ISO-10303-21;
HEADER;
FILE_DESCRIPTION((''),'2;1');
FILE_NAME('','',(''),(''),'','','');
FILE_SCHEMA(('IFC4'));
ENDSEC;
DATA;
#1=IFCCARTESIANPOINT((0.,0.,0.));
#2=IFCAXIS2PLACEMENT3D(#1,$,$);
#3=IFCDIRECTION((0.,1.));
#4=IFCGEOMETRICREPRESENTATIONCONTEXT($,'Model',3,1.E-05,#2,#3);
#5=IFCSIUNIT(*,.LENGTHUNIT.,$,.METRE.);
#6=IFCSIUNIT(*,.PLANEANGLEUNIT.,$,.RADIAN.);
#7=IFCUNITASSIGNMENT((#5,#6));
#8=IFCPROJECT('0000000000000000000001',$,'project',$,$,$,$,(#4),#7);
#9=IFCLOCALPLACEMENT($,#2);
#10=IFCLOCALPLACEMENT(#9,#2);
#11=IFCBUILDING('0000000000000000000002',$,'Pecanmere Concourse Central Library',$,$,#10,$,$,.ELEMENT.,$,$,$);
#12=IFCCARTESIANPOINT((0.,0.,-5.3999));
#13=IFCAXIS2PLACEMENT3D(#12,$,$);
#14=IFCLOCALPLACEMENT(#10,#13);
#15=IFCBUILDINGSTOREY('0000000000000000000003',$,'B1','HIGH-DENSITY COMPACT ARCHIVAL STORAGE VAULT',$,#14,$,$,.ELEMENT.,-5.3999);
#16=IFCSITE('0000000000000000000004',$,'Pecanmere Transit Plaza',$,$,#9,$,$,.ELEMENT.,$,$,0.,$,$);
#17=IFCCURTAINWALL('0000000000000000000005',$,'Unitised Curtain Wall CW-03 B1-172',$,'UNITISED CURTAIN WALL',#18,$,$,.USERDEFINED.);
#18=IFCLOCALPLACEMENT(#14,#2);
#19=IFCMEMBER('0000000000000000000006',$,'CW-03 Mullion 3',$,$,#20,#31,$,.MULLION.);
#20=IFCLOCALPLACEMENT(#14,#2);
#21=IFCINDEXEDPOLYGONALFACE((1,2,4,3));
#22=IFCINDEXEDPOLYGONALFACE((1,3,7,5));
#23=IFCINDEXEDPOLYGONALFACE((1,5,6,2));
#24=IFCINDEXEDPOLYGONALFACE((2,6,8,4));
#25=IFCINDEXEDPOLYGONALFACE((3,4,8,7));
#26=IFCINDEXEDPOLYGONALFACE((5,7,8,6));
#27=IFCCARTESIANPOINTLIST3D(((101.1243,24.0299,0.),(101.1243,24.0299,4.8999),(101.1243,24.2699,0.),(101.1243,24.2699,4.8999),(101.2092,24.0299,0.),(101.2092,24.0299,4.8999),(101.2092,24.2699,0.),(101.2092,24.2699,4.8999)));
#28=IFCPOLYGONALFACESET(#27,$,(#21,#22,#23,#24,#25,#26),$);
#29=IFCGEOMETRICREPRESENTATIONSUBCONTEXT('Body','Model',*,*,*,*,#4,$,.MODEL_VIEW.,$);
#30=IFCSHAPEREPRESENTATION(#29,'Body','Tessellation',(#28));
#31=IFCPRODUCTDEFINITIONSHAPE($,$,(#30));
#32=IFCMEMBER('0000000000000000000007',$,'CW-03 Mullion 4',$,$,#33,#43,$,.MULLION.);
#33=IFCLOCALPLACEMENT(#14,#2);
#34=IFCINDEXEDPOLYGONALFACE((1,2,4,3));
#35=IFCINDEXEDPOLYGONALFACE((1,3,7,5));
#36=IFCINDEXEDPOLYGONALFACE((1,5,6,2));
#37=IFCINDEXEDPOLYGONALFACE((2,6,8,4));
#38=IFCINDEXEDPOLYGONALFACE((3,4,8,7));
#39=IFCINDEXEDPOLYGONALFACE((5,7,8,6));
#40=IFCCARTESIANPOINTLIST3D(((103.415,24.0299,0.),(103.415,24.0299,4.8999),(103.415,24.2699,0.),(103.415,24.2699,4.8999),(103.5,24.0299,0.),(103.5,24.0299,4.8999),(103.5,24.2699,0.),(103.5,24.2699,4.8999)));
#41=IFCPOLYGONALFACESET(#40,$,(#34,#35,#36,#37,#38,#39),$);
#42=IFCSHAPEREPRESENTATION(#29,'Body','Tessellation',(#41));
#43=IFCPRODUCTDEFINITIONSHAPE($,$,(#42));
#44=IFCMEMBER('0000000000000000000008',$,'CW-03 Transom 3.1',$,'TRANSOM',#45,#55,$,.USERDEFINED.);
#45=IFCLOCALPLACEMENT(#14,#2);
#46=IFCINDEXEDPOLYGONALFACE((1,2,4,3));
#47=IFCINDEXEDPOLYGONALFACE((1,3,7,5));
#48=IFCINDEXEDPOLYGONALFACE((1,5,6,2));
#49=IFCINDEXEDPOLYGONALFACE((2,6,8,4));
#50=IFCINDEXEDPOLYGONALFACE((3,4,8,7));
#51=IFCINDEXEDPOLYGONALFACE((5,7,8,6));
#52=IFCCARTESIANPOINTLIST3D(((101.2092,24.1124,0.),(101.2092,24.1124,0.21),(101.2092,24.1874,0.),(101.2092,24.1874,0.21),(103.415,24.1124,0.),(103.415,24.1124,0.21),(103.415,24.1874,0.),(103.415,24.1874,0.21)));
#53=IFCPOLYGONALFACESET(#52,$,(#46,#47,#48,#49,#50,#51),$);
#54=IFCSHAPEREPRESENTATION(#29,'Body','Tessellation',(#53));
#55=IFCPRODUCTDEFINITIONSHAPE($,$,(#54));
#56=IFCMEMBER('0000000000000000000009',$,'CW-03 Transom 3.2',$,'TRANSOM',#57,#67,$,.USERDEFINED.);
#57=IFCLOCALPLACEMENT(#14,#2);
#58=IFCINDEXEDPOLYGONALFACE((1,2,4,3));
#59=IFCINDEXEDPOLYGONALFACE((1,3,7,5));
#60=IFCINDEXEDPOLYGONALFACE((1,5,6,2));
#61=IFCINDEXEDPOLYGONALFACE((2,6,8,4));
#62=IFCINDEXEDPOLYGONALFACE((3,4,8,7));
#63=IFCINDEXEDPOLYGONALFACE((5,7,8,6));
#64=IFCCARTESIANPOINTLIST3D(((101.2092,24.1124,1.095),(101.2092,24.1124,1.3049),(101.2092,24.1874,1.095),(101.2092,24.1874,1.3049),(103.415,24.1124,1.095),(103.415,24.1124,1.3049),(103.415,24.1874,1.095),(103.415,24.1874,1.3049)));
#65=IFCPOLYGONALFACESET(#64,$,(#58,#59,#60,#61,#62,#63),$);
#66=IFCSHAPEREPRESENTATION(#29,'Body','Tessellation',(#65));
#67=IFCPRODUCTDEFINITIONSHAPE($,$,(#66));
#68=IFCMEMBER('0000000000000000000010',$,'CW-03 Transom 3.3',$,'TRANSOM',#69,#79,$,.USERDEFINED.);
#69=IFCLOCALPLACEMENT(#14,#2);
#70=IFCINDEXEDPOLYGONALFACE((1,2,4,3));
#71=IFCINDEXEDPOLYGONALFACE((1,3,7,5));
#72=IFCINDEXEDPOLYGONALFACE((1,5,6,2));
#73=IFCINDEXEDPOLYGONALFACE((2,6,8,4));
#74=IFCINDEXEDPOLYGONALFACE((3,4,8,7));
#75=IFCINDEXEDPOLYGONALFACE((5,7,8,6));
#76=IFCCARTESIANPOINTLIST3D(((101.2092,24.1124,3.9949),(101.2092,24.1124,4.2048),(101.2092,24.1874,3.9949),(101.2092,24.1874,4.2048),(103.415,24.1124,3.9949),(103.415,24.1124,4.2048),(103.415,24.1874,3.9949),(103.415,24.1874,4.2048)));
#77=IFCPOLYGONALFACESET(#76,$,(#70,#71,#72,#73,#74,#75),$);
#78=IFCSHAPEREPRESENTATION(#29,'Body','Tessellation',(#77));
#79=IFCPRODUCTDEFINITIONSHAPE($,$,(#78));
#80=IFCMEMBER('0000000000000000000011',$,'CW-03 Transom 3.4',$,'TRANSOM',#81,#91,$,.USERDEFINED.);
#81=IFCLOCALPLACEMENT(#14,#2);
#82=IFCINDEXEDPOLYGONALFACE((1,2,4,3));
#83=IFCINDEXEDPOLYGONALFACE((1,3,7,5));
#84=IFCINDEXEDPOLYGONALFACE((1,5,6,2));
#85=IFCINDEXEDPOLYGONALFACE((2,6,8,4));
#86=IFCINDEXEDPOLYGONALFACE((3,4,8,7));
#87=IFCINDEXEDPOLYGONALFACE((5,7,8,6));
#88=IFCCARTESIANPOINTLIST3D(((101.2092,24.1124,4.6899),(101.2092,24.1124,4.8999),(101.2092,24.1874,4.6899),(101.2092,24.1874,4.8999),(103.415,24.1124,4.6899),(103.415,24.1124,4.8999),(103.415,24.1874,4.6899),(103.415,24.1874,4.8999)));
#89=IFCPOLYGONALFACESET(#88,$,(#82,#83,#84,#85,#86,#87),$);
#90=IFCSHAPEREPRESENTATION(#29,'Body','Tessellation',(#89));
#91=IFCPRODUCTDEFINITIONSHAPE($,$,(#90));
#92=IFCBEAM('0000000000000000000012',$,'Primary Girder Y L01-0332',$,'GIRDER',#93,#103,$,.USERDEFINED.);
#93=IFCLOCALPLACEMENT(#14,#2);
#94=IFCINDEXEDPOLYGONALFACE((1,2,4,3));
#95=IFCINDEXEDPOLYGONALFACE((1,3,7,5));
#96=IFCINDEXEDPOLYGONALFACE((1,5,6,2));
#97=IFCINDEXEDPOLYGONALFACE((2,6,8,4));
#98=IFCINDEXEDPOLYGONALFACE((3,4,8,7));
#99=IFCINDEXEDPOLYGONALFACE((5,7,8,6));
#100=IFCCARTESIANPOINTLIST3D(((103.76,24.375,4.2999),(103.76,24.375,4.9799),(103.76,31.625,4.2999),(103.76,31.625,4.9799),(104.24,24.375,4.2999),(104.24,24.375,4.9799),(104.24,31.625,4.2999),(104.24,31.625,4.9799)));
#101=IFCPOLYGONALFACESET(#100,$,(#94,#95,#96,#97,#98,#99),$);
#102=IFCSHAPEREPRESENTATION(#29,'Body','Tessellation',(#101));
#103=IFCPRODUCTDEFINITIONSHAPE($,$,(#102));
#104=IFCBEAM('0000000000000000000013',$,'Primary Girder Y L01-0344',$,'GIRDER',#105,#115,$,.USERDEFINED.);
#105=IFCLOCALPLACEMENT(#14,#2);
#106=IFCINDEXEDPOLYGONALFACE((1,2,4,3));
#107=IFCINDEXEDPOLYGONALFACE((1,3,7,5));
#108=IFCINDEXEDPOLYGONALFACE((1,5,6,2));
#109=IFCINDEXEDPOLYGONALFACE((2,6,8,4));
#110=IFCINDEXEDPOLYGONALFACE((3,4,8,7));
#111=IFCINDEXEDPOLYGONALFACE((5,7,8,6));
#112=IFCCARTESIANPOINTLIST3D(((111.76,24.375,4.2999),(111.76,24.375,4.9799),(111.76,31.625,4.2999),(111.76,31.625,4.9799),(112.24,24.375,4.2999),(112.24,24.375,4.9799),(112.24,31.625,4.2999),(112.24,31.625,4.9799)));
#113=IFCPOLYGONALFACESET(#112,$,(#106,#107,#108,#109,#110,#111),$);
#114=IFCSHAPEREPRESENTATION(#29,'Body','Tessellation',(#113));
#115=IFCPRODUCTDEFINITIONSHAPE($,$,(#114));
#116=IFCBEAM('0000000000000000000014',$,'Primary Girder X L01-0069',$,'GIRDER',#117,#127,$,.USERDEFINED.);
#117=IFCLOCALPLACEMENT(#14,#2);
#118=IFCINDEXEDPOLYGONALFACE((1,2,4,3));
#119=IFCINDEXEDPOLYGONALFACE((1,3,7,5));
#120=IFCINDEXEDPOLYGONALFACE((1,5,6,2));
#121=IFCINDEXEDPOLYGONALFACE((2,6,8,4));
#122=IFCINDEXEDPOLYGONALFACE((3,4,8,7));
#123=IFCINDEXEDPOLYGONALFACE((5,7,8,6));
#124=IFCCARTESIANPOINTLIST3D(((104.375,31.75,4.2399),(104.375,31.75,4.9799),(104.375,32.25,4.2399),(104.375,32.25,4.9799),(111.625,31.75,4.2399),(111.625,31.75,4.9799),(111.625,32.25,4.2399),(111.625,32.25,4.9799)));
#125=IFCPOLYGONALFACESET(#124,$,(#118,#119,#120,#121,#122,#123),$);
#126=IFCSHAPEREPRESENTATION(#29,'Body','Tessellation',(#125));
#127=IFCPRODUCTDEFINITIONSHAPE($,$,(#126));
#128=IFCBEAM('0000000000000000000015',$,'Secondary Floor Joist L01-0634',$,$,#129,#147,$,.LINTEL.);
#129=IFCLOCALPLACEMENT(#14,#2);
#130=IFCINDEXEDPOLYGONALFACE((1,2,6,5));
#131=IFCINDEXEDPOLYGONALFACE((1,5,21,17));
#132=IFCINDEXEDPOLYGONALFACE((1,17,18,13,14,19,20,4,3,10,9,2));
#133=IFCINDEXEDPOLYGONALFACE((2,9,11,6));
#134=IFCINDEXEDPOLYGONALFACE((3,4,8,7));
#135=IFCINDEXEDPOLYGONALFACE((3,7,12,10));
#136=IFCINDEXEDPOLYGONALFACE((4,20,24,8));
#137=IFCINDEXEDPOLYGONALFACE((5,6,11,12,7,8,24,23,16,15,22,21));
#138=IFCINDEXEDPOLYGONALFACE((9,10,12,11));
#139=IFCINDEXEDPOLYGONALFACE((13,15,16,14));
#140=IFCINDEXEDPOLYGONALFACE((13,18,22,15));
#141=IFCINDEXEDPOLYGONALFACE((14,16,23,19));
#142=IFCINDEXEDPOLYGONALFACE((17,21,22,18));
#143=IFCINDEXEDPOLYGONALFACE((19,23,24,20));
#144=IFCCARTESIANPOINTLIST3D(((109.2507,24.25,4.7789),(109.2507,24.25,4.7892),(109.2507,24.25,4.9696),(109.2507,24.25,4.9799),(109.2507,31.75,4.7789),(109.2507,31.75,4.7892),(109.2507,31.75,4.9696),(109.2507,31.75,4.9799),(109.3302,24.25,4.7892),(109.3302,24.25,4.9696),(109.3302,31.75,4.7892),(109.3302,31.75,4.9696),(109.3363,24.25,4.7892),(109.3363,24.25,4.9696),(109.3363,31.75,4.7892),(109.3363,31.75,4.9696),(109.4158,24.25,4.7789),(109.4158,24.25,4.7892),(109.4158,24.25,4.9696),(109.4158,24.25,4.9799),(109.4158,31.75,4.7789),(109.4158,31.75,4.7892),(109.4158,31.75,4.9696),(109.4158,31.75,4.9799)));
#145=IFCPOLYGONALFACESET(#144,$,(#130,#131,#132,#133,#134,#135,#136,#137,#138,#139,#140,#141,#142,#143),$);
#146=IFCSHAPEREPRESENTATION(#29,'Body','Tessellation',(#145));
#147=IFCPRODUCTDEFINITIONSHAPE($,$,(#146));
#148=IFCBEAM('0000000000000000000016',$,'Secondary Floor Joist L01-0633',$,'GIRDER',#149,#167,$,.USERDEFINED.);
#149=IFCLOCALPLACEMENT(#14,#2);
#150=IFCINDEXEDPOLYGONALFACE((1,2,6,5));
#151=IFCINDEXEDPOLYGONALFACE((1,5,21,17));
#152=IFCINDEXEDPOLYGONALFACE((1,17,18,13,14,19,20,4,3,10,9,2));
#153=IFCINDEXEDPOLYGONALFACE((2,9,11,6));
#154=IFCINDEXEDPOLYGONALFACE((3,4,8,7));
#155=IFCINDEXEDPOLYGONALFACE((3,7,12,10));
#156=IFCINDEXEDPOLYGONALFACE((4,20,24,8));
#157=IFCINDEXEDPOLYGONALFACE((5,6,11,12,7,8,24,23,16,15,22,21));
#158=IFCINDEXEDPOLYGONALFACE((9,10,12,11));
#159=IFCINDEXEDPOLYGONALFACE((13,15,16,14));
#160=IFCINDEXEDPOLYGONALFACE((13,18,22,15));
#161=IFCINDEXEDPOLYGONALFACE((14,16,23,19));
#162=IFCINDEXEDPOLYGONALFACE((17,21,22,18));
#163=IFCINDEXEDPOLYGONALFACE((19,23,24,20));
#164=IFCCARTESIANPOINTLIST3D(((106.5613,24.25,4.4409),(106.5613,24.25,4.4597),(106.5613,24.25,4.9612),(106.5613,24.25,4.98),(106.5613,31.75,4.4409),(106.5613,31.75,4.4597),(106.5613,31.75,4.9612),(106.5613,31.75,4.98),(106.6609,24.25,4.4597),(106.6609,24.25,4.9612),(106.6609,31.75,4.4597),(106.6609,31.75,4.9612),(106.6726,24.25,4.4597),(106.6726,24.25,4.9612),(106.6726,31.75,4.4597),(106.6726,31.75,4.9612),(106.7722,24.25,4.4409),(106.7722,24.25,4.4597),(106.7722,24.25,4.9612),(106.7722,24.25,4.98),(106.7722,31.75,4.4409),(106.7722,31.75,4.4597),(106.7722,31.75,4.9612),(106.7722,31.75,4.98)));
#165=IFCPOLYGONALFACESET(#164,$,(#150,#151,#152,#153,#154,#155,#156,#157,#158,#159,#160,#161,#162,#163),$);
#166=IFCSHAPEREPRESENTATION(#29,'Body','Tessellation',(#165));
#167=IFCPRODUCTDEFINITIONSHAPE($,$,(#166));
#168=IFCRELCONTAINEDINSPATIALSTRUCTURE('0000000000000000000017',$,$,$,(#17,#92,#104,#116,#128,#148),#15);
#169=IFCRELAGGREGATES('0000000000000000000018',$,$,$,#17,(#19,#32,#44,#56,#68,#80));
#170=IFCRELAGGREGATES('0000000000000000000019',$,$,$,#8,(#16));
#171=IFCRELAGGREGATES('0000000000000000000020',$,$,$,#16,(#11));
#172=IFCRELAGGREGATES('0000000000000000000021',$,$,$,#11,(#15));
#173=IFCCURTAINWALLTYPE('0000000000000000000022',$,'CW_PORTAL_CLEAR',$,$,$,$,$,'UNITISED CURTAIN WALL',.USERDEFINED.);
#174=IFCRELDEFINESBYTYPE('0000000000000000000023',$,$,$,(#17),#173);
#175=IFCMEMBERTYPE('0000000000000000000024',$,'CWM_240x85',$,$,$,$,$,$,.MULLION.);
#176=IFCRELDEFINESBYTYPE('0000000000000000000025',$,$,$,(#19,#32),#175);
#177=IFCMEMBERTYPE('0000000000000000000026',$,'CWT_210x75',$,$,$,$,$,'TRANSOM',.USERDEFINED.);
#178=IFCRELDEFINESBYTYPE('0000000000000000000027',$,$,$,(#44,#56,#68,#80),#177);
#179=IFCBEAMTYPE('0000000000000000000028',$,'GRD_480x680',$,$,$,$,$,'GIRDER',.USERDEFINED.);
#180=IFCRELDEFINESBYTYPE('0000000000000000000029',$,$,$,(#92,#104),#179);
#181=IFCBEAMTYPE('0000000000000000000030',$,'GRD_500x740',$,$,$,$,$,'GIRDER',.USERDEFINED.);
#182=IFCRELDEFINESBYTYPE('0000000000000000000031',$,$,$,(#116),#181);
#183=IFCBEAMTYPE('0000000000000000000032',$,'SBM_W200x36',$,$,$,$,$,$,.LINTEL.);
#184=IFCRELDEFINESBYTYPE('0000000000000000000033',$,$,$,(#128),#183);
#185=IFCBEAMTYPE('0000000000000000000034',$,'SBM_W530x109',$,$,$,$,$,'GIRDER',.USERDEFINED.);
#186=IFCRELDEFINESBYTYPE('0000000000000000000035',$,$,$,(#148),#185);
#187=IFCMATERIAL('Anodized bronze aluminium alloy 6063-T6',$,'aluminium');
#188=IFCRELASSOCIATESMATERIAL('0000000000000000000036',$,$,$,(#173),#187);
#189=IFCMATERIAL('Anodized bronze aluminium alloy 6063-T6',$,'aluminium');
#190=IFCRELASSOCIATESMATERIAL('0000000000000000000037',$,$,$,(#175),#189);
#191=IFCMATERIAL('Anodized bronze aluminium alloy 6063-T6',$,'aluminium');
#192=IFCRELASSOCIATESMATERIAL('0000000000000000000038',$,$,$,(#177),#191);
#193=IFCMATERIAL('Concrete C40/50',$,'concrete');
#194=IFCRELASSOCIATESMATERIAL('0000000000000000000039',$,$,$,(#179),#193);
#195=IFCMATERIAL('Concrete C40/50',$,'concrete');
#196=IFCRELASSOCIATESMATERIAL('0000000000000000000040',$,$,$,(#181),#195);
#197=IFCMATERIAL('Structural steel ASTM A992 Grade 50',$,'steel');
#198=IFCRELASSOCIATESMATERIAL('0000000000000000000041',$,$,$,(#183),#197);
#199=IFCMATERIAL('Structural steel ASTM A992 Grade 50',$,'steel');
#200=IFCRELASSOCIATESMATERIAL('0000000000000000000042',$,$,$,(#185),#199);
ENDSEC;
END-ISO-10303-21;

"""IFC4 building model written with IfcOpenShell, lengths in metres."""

from ifc_helpers import new_model, si_unit, direction, frame, origin, origin_2d, place, context, subcontext, project, spatial, rectangle, i_section, extrude, material, material_profile, profile_set, type_object, element, aggregate, save


model = new_model("IFC4")

# Units and contexts
model_context = context("Model", 3, precision=1e-05, world=origin(), true_north=direction((0.0, 1.0)))
body_context = subcontext(model_context, "Body", "Model", "MODEL_VIEW")
ifc_project = project(units=[si_unit("LENGTHUNIT", "METRE"), si_unit("PLANEANGLEUNIT", "RADIAN")], contexts=[model_context])

# Site, building, storey
site_placement = place(None, origin())
site = spatial("IfcSite", under=ifc_project, at=site_placement, Name="Pecanmere Transit Plaza", CompositionType="ELEMENT", RefElevation=0.0)
building_placement = place(site_placement, origin())
building = spatial("IfcBuilding", under=site, at=building_placement, Name="Pecanmere Concourse Central Library", CompositionType="ELEMENT")
storey_placement = place(building_placement, frame((0.0, 0.0, -5.3999)))
storey = spatial("IfcBuildingStorey", under=building, at=storey_placement, Name="B1", Description="HIGH-DENSITY COMPACT ARCHIVAL STORAGE VAULT", CompositionType="ELEMENT", Elevation=-5.3999)

# Curtain wall, members
ifc_material_1 = material(Name="Anodized bronze aluminium alloy 6063-T6", Category="aluminium")
curtain_wall_type = type_object("IfcCurtainWallType", Name="CW_PORTAL_CLEAR", ElementType="UNITISED CURTAIN WALL", PredefinedType="USERDEFINED", material=ifc_material_1)
curtain_wall_placement = place(storey_placement, origin())
curtain_wall = element("IfcCurtainWall", 1, at=curtain_wall_placement, inside=storey, type_object=curtain_wall_type, Name="Unitised Curtain Wall CW-03 B1-172", ObjectType="UNITISED CURTAIN WALL", PredefinedType="USERDEFINED")
ifc_material_2 = material(Name="Anodized bronze aluminium alloy 6063-T6", Category="aluminium")
ifc_material_profile_1 = material_profile(ifc_material_2, rectangle(XDim=0.085, YDim=0.24, at=origin_2d()), Name="AL 85x240")
ifc_profile_set_1 = profile_set([ifc_material_profile_1], Name="Anodized bronze aluminium alloy 6063-T6")
member_type_1 = type_object("IfcMemberType", Name="CWM_240x85", PredefinedType="MULLION", material=ifc_profile_set_1)
member_1_placement = place(storey_placement, frame((101.1667, 24.1499, 0.0), z_axis=(0.0, 0.0, 1.0), x_axis=(1.0, 0.0, 0.0)))
member_1 = element("IfcMember", 2, at=member_1_placement, type_object=member_type_1, Name="CW-03 Mullion 3", PredefinedType="MULLION", context=body_context, shape_type="SweptSolid", body=[
    extrude(rectangle(XDim=0.085, YDim=0.24, at=origin_2d()), origin(), (0.0, 0.0, 1.0), 4.8999),
])
member_2_placement = place(storey_placement, frame((103.4575, 24.1499, 0.0), z_axis=(0.0, 0.0, 1.0), x_axis=(1.0, 0.0, 0.0)))
member_2 = element("IfcMember", 3, at=member_2_placement, type_object=member_type_1, Name="CW-03 Mullion 4", PredefinedType="MULLION", context=body_context, shape_type="SweptSolid", body=[
    extrude(rectangle(XDim=0.085, YDim=0.24, at=origin_2d()), origin(), (0.0, 0.0, 1.0), 4.8999),
])
ifc_material_3 = material(Name="Anodized bronze aluminium alloy 6063-T6", Category="aluminium")
ifc_material_profile_2 = material_profile(ifc_material_3, rectangle(XDim=0.075, YDim=0.21, at=origin_2d()), Name="AL 75x210")
ifc_profile_set_2 = profile_set([ifc_material_profile_2], Name="Anodized bronze aluminium alloy 6063-T6")
member_type_2 = type_object("IfcMemberType", Name="CWT_210x75", ElementType="TRANSOM", PredefinedType="USERDEFINED", material=ifc_profile_set_2)
member_3_placement = place(storey_placement, frame((101.2092, 24.1499, 0.105), z_axis=(1.0, 0.0, 0.0), x_axis=(0.0, 1.0, 0.0)))
member_3 = element("IfcMember", 4, at=member_3_placement, type_object=member_type_2, Name="CW-03 Transom 3.1", ObjectType="TRANSOM", PredefinedType="USERDEFINED", context=body_context, shape_type="SweptSolid", body=[
    extrude(rectangle(XDim=0.075, YDim=0.21, at=origin_2d()), origin(), (0.0, 0.0, 1.0), 2.2058),
])
member_4_placement = place(storey_placement, frame((101.2092, 24.1499, 1.2), z_axis=(1.0, 0.0, 0.0), x_axis=(0.0, 1.0, 0.0)))
member_4 = element("IfcMember", 5, at=member_4_placement, type_object=member_type_2, Name="CW-03 Transom 3.2", ObjectType="TRANSOM", PredefinedType="USERDEFINED", context=body_context, shape_type="SweptSolid", body=[
    extrude(rectangle(XDim=0.075, YDim=0.21, at=origin_2d()), origin(), (0.0, 0.0, 1.0), 2.2058),
])
member_5_placement = place(storey_placement, frame((101.2092, 24.1499, 4.0999), z_axis=(1.0, 0.0, 0.0), x_axis=(0.0, 1.0, 0.0)))
member_5 = element("IfcMember", 6, at=member_5_placement, type_object=member_type_2, Name="CW-03 Transom 3.3", ObjectType="TRANSOM", PredefinedType="USERDEFINED", context=body_context, shape_type="SweptSolid", body=[
    extrude(rectangle(XDim=0.075, YDim=0.21, at=origin_2d()), origin(), (0.0, 0.0, 1.0), 2.2058),
])
member_6_placement = place(storey_placement, frame((101.2092, 24.1499, 4.7949), z_axis=(1.0, 0.0, 0.0), x_axis=(0.0, 1.0, 0.0)))
member_6 = element("IfcMember", 7, at=member_6_placement, type_object=member_type_2, Name="CW-03 Transom 3.4", ObjectType="TRANSOM", PredefinedType="USERDEFINED", context=body_context, shape_type="SweptSolid", body=[
    extrude(rectangle(XDim=0.075, YDim=0.21, at=origin_2d()), origin(), (0.0, 0.0, 1.0), 2.2058),
])

# Beams
ifc_material_4 = material(Name="Concrete C40/50", Category="concrete")
ifc_material_profile_3 = material_profile(ifc_material_4, rectangle(XDim=0.48, YDim=0.6799, at=origin_2d()), Name="RC 480x680")
ifc_profile_set_3 = profile_set([ifc_material_profile_3], Name="Concrete C40/50")
beam_type_1 = type_object("IfcBeamType", Name="GRD_480x680", ElementType="GIRDER", PredefinedType="USERDEFINED", material=ifc_profile_set_3)
for number, where, z_axis, x_axis, name in (
    (8, (104.0, 24.375, 4.6399), (0.0, 1.0, 0.0), (-1.0, 0.0, 0.0), "Primary Girder Y L01-0332"),
    (9, (112.0, 24.375, 4.6399), (0.0, 1.0, 0.0), (-1.0, 0.0, 0.0), "Primary Girder Y L01-0344"),
):
    element("IfcBeam", number, at=place(storey_placement, frame(where, z_axis=z_axis, x_axis=x_axis)), inside=storey, type_object=beam_type_1, Name=name, ObjectType="GIRDER", PredefinedType="USERDEFINED", context=body_context, shape_type="SweptSolid", body=[
        extrude(rectangle(XDim=0.48, YDim=0.6799, at=origin_2d()), origin(), (0.0, 0.0, 1.0), 7.25),
    ])
ifc_material_5 = material(Name="Concrete C40/50", Category="concrete")
ifc_material_profile_4 = material_profile(ifc_material_5, rectangle(XDim=0.5, YDim=0.74, at=origin_2d()), Name="RC 500x740")
ifc_profile_set_4 = profile_set([ifc_material_profile_4], Name="Concrete C40/50")
beam_type_2 = type_object("IfcBeamType", Name="GRD_500x740", ElementType="GIRDER", PredefinedType="USERDEFINED", material=ifc_profile_set_4)
beam_1_placement = place(storey_placement, frame((104.375, 32.0, 4.6099), z_axis=(1.0, 0.0, 0.0), x_axis=(0.0, 1.0, 0.0)))
element("IfcBeam", 10, at=beam_1_placement, inside=storey, type_object=beam_type_2, Name="Primary Girder X L01-0069", ObjectType="GIRDER", PredefinedType="USERDEFINED", context=body_context, shape_type="SweptSolid", body=[
    extrude(rectangle(XDim=0.5, YDim=0.74, at=origin_2d()), origin(), (0.0, 0.0, 1.0), 7.25),
])
ifc_material_6 = material(Name="Structural steel ASTM A992 Grade 50", Category="steel")
ifc_material_profile_5 = material_profile(ifc_material_6, i_section(OverallWidth=0.165, OverallDepth=0.2009, WebThickness=0.0061, FlangeThickness=0.0103, at=origin_2d()), Name="W200x35.9")
ifc_profile_set_5 = profile_set([ifc_material_profile_5], Name="Structural steel ASTM A992 Grade 50")
beam_type_3 = type_object("IfcBeamType", Name="SBM_W200x36", PredefinedType="LINTEL", material=ifc_profile_set_5)
beam_2_placement = place(storey_placement, frame((109.3333, 24.25, 4.8794), z_axis=(0.0, 1.0, 0.0), x_axis=(-1.0, 0.0, 0.0)))
element("IfcBeam", 11, at=beam_2_placement, inside=storey, type_object=beam_type_3, Name="Secondary Floor Joist L01-0634", PredefinedType="LINTEL", context=body_context, shape_type="SweptSolid", body=[
    extrude(i_section(OverallWidth=0.165, OverallDepth=0.2009, WebThickness=0.0061, FlangeThickness=0.0103, at=origin_2d()), origin(), (0.0, 0.0, 1.0), 7.5),
])
ifc_material_7 = material(Name="Structural steel ASTM A992 Grade 50", Category="steel")
ifc_material_profile_6 = material_profile(ifc_material_7, i_section(OverallWidth=0.2109, OverallDepth=0.5391, WebThickness=0.0117, FlangeThickness=0.0188, at=origin_2d()), Name="W530x109")
ifc_profile_set_6 = profile_set([ifc_material_profile_6], Name="Structural steel ASTM A992 Grade 50")
beam_type_4 = type_object("IfcBeamType", Name="SBM_W530x109", ElementType="GIRDER", PredefinedType="USERDEFINED", material=ifc_profile_set_6)
beam_3_placement = place(storey_placement, frame((106.6667, 24.25, 4.7104), z_axis=(0.0, 1.0, 0.0), x_axis=(-1.0, 0.0, 0.0)))
element("IfcBeam", 12, at=beam_3_placement, inside=storey, type_object=beam_type_4, Name="Secondary Floor Joist L01-0633", ObjectType="GIRDER", PredefinedType="USERDEFINED", context=body_context, shape_type="SweptSolid", body=[
    extrude(i_section(OverallWidth=0.2109, OverallDepth=0.5391, WebThickness=0.0117, FlangeThickness=0.0188, at=origin_2d()), origin(), (0.0, 0.0, 1.0), 7.5),
])

aggregate(curtain_wall, [member_1, member_2, member_3, member_4, member_5, member_6])

save(model, "model.ifc")
